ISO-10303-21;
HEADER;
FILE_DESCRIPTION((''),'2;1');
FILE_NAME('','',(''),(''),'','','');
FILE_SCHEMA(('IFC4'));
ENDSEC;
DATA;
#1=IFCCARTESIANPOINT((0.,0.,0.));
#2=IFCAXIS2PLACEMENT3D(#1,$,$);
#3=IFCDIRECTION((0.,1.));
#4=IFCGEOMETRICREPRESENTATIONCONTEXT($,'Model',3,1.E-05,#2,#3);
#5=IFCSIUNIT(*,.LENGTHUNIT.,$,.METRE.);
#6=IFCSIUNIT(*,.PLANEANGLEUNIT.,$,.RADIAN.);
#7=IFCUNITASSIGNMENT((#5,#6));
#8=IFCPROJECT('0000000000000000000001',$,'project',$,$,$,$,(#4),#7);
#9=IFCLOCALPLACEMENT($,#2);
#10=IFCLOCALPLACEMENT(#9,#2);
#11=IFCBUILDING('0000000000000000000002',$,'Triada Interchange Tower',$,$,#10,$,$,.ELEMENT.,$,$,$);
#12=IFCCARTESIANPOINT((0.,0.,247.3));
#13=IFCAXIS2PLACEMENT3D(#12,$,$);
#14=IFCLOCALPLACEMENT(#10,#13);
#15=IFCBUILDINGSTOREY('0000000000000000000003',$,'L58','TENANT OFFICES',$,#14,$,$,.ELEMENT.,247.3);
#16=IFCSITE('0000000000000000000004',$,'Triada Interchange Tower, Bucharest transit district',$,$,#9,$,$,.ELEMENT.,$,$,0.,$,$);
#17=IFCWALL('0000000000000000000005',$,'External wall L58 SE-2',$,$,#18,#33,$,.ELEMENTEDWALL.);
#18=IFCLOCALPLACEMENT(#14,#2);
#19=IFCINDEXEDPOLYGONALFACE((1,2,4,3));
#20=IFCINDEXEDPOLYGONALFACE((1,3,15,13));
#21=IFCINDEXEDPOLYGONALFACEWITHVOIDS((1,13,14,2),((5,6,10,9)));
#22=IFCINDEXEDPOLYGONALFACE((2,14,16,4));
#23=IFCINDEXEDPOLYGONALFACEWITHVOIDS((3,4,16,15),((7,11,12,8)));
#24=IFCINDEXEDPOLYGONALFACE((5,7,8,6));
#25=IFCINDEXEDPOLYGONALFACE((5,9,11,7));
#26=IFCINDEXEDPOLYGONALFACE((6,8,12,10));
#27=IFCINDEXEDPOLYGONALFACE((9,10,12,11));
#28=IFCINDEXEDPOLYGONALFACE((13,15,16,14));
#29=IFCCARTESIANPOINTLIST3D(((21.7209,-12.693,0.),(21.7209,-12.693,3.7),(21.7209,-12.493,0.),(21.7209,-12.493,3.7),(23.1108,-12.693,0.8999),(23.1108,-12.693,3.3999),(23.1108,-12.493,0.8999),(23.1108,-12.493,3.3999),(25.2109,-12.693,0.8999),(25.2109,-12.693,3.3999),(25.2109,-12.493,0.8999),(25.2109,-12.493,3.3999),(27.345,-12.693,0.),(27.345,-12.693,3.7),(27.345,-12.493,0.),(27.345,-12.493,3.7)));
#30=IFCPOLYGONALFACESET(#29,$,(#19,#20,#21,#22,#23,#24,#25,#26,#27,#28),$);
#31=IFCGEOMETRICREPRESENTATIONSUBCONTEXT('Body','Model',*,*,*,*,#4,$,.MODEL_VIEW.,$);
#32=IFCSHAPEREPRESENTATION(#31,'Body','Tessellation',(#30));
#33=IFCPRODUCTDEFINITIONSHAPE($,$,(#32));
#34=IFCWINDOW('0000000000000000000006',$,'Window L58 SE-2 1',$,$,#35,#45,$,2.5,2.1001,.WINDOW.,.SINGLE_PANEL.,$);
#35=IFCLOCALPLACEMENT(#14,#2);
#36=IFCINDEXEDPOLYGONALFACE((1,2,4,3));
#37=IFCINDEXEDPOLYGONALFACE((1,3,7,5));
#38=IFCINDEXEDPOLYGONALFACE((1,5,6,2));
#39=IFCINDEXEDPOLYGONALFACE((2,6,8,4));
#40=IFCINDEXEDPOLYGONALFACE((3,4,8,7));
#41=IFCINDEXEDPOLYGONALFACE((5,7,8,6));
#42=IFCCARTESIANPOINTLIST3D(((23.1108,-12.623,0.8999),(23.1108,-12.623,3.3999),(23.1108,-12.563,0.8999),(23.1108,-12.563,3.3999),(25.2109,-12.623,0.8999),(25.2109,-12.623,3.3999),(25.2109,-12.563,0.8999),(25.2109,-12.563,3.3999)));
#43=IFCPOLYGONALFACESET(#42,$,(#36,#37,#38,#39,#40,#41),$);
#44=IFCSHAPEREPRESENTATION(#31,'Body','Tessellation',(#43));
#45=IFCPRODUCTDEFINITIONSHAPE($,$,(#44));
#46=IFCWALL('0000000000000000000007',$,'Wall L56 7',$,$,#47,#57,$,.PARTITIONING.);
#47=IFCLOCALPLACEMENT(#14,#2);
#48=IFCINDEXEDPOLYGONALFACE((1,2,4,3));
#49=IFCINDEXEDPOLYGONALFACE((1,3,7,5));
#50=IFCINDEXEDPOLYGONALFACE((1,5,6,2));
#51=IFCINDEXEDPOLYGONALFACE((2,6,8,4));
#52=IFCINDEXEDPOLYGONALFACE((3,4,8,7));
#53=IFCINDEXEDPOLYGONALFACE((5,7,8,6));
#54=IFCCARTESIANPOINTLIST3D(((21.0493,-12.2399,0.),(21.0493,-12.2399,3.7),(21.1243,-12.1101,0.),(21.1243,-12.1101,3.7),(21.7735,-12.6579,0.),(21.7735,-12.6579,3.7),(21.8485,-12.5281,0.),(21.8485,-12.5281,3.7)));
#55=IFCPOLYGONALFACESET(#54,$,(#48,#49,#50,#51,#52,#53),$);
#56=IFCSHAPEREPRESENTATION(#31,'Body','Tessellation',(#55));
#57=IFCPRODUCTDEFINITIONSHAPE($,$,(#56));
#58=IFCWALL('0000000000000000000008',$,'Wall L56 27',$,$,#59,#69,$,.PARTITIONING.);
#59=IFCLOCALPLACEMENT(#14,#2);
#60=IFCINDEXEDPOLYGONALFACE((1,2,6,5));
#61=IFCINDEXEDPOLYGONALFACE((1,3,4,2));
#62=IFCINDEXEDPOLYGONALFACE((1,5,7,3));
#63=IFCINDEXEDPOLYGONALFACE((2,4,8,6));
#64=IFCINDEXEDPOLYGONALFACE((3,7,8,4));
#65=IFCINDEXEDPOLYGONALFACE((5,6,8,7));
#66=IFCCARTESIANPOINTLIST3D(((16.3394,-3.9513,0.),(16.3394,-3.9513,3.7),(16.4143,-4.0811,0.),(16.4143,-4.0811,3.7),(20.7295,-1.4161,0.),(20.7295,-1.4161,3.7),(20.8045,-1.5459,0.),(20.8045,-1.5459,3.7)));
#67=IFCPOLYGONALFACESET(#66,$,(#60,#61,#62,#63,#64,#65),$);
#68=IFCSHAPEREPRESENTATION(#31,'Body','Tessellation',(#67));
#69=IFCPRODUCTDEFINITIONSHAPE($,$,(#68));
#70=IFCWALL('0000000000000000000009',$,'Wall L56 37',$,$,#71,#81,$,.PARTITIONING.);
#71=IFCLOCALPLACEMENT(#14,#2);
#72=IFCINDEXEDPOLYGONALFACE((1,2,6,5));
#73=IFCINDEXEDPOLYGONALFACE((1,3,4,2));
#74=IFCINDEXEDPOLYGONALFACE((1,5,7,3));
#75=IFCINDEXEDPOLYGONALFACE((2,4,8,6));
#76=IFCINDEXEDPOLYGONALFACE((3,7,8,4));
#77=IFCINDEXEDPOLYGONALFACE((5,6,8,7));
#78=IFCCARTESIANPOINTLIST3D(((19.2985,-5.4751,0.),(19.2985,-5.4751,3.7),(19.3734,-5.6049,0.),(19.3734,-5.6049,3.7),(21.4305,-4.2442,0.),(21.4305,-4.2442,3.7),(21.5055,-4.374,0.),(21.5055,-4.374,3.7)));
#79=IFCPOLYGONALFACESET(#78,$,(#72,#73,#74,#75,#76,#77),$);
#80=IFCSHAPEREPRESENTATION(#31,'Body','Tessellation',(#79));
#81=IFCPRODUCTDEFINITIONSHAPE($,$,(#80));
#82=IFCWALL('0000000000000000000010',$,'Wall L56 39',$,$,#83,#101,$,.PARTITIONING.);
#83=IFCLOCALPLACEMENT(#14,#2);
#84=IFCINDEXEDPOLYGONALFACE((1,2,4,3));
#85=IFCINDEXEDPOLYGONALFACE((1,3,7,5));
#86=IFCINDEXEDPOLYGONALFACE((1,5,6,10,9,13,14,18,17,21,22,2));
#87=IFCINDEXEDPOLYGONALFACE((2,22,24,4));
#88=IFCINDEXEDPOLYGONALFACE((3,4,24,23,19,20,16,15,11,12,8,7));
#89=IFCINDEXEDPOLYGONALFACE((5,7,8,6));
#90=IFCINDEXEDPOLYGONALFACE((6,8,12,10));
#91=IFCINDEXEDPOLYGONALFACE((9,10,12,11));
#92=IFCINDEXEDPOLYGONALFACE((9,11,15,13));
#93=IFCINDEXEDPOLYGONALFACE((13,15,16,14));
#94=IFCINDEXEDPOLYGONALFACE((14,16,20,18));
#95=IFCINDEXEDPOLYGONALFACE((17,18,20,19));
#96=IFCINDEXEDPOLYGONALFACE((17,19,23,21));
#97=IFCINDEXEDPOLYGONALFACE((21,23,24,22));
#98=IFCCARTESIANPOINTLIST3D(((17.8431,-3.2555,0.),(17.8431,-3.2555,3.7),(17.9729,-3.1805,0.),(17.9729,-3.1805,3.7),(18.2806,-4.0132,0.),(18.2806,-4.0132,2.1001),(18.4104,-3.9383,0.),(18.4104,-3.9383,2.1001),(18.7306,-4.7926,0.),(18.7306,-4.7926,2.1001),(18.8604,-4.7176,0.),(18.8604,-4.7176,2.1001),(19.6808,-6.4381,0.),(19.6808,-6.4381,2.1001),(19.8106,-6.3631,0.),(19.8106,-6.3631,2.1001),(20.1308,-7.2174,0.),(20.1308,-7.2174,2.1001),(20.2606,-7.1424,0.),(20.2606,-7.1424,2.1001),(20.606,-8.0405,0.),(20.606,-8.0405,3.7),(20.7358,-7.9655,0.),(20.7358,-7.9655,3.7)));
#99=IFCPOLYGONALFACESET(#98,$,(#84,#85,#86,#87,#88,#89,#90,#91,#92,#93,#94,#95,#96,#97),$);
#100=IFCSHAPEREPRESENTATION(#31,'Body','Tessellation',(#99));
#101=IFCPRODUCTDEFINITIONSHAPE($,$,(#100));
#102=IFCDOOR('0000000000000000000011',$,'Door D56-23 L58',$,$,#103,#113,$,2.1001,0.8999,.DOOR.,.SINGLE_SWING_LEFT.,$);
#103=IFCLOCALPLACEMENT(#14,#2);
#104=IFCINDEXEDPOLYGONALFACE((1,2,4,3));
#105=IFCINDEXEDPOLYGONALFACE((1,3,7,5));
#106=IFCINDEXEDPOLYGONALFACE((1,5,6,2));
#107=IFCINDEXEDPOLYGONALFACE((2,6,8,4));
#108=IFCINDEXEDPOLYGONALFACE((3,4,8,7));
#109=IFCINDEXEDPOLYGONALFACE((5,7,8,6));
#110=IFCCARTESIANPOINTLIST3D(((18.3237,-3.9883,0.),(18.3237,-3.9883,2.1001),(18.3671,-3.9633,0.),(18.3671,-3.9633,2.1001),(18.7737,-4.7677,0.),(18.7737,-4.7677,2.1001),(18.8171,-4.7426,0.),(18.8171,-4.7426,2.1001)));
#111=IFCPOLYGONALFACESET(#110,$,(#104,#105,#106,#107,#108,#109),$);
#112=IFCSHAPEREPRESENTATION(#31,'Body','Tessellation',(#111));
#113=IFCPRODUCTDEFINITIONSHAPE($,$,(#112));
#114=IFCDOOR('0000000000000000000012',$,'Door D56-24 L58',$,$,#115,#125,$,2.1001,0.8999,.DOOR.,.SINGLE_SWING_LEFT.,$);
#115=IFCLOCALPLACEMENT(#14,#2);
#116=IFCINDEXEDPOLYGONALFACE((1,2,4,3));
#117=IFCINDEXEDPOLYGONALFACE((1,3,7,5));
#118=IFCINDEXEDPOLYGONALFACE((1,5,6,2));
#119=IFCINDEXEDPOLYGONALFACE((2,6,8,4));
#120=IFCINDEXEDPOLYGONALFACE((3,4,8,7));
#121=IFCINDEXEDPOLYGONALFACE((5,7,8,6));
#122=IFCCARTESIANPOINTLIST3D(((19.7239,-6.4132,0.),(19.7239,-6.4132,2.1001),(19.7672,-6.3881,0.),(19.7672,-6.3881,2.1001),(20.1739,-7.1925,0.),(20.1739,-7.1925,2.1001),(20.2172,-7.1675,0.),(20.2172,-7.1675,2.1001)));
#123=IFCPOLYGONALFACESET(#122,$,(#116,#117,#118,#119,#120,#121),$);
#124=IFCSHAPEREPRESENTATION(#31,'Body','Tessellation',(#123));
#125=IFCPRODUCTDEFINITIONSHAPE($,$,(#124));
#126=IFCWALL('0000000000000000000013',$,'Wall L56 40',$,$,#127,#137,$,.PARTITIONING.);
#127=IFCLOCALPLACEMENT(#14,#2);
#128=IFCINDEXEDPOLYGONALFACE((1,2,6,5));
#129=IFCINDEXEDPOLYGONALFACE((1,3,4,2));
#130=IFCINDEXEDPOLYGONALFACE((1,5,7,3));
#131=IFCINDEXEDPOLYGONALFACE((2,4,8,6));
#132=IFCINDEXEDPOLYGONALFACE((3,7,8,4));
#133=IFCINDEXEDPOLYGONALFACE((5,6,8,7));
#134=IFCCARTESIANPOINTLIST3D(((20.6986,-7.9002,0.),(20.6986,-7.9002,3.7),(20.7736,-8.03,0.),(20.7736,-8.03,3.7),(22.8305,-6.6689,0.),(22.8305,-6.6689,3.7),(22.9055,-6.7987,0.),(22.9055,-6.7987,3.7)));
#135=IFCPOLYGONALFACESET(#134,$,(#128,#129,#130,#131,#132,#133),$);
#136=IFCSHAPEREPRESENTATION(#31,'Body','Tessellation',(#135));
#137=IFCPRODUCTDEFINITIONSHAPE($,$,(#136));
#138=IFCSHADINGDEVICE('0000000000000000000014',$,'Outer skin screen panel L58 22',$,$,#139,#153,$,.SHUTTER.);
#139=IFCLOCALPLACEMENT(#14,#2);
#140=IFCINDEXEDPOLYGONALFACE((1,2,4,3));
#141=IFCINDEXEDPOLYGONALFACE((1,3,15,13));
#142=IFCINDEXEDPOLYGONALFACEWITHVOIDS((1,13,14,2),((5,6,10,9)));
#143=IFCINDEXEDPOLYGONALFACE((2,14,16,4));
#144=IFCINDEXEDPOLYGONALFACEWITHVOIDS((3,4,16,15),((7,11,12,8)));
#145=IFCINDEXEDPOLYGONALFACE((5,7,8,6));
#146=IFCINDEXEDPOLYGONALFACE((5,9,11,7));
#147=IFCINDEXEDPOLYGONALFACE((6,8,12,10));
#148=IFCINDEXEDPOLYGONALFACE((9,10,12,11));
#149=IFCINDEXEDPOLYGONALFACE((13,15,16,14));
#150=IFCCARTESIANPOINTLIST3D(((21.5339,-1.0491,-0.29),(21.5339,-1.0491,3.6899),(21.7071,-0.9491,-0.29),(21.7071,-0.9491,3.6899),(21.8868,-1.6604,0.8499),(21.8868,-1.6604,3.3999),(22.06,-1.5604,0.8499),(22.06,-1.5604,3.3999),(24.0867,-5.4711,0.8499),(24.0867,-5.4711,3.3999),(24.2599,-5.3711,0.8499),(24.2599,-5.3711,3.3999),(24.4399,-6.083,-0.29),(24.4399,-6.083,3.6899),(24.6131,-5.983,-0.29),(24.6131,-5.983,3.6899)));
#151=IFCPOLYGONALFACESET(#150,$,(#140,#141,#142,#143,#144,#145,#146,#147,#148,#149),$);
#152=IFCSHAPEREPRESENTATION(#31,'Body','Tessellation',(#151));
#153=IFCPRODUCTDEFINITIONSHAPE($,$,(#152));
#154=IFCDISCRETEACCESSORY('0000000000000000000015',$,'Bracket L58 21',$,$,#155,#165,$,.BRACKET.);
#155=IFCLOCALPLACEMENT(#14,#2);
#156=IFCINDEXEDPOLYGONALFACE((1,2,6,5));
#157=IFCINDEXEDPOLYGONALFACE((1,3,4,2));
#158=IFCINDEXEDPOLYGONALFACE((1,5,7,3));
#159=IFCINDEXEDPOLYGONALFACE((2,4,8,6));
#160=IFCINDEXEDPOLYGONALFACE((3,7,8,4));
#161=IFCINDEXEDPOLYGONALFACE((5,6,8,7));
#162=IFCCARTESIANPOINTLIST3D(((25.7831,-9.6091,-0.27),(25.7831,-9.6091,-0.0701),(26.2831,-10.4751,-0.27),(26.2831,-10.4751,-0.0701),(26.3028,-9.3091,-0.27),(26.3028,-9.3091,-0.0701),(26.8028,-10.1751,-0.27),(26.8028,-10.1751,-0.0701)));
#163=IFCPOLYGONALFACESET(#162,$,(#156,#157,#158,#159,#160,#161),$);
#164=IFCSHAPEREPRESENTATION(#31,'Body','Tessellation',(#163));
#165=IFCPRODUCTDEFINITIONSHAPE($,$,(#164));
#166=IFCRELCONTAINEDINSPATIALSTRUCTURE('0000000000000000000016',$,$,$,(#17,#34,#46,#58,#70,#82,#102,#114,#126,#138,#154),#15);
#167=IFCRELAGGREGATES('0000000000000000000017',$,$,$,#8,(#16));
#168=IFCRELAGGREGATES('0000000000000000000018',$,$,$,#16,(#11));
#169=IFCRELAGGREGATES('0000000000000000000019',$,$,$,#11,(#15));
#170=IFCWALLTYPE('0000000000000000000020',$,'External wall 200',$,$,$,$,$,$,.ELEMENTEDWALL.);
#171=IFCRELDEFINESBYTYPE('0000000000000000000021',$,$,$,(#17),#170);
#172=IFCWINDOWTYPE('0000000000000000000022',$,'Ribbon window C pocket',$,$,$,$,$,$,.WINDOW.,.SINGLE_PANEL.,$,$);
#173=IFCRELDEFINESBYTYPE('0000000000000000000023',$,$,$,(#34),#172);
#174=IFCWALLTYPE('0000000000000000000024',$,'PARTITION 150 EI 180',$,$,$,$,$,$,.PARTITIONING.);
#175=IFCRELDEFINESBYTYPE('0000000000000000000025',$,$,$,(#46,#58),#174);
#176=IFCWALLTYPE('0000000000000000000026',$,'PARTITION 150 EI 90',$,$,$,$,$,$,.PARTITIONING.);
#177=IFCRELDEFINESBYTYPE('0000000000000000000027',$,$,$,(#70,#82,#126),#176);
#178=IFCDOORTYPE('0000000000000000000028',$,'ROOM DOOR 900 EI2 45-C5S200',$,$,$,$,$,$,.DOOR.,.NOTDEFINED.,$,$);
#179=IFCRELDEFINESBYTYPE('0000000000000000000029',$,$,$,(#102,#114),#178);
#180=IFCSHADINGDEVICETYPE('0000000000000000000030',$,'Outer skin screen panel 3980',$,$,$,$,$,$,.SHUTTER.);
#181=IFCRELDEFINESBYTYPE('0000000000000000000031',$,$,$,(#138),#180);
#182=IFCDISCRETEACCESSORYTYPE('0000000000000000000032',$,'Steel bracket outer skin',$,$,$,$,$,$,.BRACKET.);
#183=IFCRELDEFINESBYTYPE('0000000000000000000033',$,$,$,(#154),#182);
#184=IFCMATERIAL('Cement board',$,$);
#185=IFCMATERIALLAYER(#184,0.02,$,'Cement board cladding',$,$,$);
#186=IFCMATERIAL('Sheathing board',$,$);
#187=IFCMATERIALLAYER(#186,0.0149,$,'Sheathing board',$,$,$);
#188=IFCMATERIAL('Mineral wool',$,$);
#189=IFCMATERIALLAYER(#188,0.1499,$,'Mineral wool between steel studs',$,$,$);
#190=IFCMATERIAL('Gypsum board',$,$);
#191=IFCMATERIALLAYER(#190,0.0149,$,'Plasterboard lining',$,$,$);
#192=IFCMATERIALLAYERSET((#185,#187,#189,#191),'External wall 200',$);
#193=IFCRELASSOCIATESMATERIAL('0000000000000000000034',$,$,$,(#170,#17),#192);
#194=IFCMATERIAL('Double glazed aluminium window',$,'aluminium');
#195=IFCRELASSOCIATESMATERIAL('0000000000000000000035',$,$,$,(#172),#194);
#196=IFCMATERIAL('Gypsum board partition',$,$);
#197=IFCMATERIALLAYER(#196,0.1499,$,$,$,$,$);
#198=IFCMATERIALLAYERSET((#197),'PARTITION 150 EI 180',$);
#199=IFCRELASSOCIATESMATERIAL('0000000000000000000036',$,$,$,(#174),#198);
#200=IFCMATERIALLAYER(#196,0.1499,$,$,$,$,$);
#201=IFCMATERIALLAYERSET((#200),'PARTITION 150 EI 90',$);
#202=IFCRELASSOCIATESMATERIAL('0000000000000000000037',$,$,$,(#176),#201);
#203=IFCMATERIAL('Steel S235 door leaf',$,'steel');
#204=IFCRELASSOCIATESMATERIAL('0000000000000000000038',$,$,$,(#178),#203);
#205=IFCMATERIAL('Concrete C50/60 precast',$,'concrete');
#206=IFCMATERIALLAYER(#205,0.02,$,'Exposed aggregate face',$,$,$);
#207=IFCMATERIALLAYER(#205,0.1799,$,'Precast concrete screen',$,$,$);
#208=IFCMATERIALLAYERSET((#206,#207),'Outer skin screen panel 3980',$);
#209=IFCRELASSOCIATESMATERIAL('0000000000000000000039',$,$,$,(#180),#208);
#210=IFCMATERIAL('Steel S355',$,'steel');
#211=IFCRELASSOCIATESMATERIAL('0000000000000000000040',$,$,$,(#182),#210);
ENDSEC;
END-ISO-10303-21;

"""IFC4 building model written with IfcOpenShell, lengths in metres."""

from ifc_helpers import new_model, si_unit, direction, frame, frame_2d, origin, origin_2d, place, context, subcontext, project, spatial, polyline, rectangle, outline, extrude, material, layer, layer_set, layer_usage, type_object, element, fill, save


model = new_model("IFC4")

# Units and contexts
model_context = context("Model", 3, precision=1e-05, world=origin(), true_north=direction((0.0, 1.0)))
body_context = subcontext(model_context, "Body", "Model", "MODEL_VIEW")
ifc_project = project(units=[si_unit("LENGTHUNIT", "METRE"), si_unit("PLANEANGLEUNIT", "RADIAN")], contexts=[model_context])

# Site, building, storey
site_placement = place(None, origin())
site = spatial("IfcSite", under=ifc_project, at=site_placement, Name="Triada Interchange Tower, Bucharest transit district", CompositionType="ELEMENT", RefElevation=0.0)
building_placement = place(site_placement, origin())
building = spatial("IfcBuilding", under=site, at=building_placement, Name="Triada Interchange Tower", CompositionType="ELEMENT")
storey_placement = place(building_placement, frame((0.0, 0.0, 247.3)))
storey = spatial("IfcBuildingStorey", under=building, at=storey_placement, Name="L58", Description="TENANT OFFICES", CompositionType="ELEMENT", Elevation=247.3)

# Wall, opening, window
ifc_material_1 = material(Name="Cement board")
ifc_layer_1 = layer(ifc_material_1, 0.02, Name="Cement board cladding")
ifc_material_2 = material(Name="Sheathing board")
ifc_layer_2 = layer(ifc_material_2, 0.0149, Name="Sheathing board")
ifc_material_3 = material(Name="Mineral wool")
ifc_layer_3 = layer(ifc_material_3, 0.1499, Name="Mineral wool between steel studs")
ifc_material_4 = material(Name="Gypsum board")
ifc_layer_4 = layer(ifc_material_4, 0.0149, Name="Plasterboard lining")
ifc_layer_set_1 = layer_set([ifc_layer_1, ifc_layer_2, ifc_layer_3, ifc_layer_4], Name="External wall 200")
ifc_layer_usage = layer_usage(ifc_layer_set_1, "AXIS2", "POSITIVE", -0.1001)
wall_type_1 = type_object("IfcWallType", Name="External wall 200", PredefinedType="ELEMENTEDWALL", material=ifc_layer_set_1)
wall_1_placement = place(storey_placement, frame((21.7209, -12.593, 0.0), z_axis=(0.0, 0.0, 1.0), x_axis=(1.0, 0.0, 0.0)))
wall_1 = element("IfcWall", 1, at=wall_1_placement, inside=storey, type_object=wall_type_1, material=ifc_layer_usage, Name="External wall L58 SE-2", PredefinedType="ELEMENTEDWALL", context=body_context, shape_type="SweptSolid", body=[
    extrude(rectangle(XDim=5.624, YDim=0.2, at=frame_2d((2.812, 0.0))), origin(), (0.0, 0.0, 1.0), 3.7),
])
opening_1_placement = place(wall_1_placement, frame((1.3899, 0.0, 0.8999)))
opening_1 = element("IfcOpeningElement", 2, at=opening_1_placement, cuts=wall_1, PredefinedType="OPENING", context=body_context, shape_type="SweptSolid", body=[
    extrude(rectangle(XDim=2.1001, YDim=2.5, at=frame_2d((1.05, 1.25))), frame((0.0, 0.1099, 0.0), z_axis=(0.0, -1.0, 0.0), x_axis=(1.0, 0.0, 0.0)), (0.0, 0.0, 1.0), 0.22),
])
ifc_material_5 = material(Name="Double glazed aluminium window", Category="aluminium")
window_type = type_object("IfcWindowType", Name="Ribbon window C pocket", PartitioningType="SINGLE_PANEL", PredefinedType="WINDOW", material=ifc_material_5)
window_placement = place(opening_1_placement, origin())
window = element("IfcWindow", 3, at=window_placement, inside=storey, type_object=window_type, Name="Window L58 SE-2 1", OverallHeight=2.5, OverallWidth=2.1001, PartitioningType="SINGLE_PANEL", PredefinedType="WINDOW", context=body_context, shape_type="SweptSolid", body=[
    extrude(rectangle(XDim=2.1001, YDim=2.5, at=frame_2d((1.05, 1.25))), frame((0.0, 0.03, 0.0), z_axis=(0.0, -1.0, 0.0), x_axis=(1.0, 0.0, 0.0)), (0.0, 0.0, 1.0), 0.0601),
])
fill(opening_1, window)

# Walls
ifc_material_6 = material(Name="Gypsum board partition")
ifc_layer_5 = layer(ifc_material_6, 0.1499)
ifc_layer_set_2 = layer_set([ifc_layer_5], Name="PARTITION 150 EI 180")
wall_type_2 = type_object("IfcWallType", Name="PARTITION 150 EI 180", PredefinedType="PARTITIONING", material=ifc_layer_set_2)
wall_2_placement = place(storey_placement, frame((21.0869, -12.175, 0.0), z_axis=(0.0, 0.0, 1.0), x_axis=(0.866079, -0.499908, 0.0)))
element("IfcWall", 4, at=wall_2_placement, inside=storey, type_object=wall_type_2, Name="Wall L56 7", PredefinedType="PARTITIONING", context=body_context, shape_type="SweptSolid", body=[
    extrude(rectangle(XDim=0.8362, YDim=0.1499, at=frame_2d((0.418, 0.0))), origin(), (0.0, 0.0, 1.0), 3.7),
])
wall_3_placement = place(storey_placement, frame((16.377, -4.0161, 0.0), z_axis=(0.0, 0.0, 1.0), x_axis=(0.865982, 0.500075, 0.0)))
element("IfcWall", 5, at=wall_3_placement, inside=storey, type_object=wall_type_2, Name="Wall L56 27", PredefinedType="PARTITIONING", context=body_context, shape_type="SweptSolid", body=[
    extrude(rectangle(XDim=5.0696, YDim=0.1499, at=frame_2d((2.5347, 0.0))), origin(), (0.0, 0.0, 1.0), 3.7),
])
ifc_layer_6 = layer(ifc_material_6, 0.1499)
ifc_layer_set_3 = layer_set([ifc_layer_6], Name="PARTITION 150 EI 90")
wall_type_3 = type_object("IfcWallType", Name="PARTITION 150 EI 90", PredefinedType="PARTITIONING", material=ifc_layer_set_3)
wall_4_placement = place(storey_placement, frame((19.3359, -5.54, 0.0), z_axis=(0.0, 0.0, 1.0), x_axis=(0.866025, 0.5, 0.0)))
element("IfcWall", 6, at=wall_4_placement, inside=storey, type_object=wall_type_3, Name="Wall L56 37", PredefinedType="PARTITIONING", context=body_context, shape_type="SweptSolid", body=[
    extrude(rectangle(XDim=2.4619, YDim=0.1499, at=frame_2d((1.231, 0.0))), origin(), (0.0, 0.0, 1.0), 3.7),
])

# Wall, openings, doors
wall_5_placement = place(storey_placement, frame((17.908, -3.218, 0.0), z_axis=(0.0, 0.0, 1.0), x_axis=(0.50005, -0.865996, 0.0)))
wall_5 = element("IfcWall", 7, at=wall_5_placement, inside=storey, type_object=wall_type_3, Name="Wall L56 39", PredefinedType="PARTITIONING", context=body_context, shape_type="SweptSolid", body=[
    extrude(rectangle(XDim=5.5254, YDim=0.1499, at=frame_2d((2.7627, 0.0))), origin(), (0.0, 0.0, 1.0), 3.7),
])
opening_2_placement = place(wall_5_placement, frame((0.875, 0.0, 0.0)))
opening_2 = element("IfcOpeningElement", 8, at=opening_2_placement, cuts=wall_5, PredefinedType="OPENING", context=body_context, shape_type="SweptSolid", body=[
    extrude(rectangle(XDim=0.8999, YDim=2.1001, at=frame_2d((0.45, 1.05))), frame((0.0, 0.085, 0.0), z_axis=(0.0, -1.0, 0.0), x_axis=(1.0, 0.0, 0.0)), (0.0, 0.0, 1.0), 0.1699),
])
opening_3_placement = place(wall_5_placement, frame((3.675, 0.0, 0.0)))
opening_3 = element("IfcOpeningElement", 9, at=opening_3_placement, cuts=wall_5, PredefinedType="OPENING", context=body_context, shape_type="SweptSolid", body=[
    extrude(rectangle(XDim=0.8999, YDim=2.1001, at=frame_2d((0.45, 1.05))), frame((0.0, 0.085, 0.0), z_axis=(0.0, -1.0, 0.0), x_axis=(1.0, 0.0, 0.0)), (0.0, 0.0, 1.0), 0.1699),
])
ifc_material_7 = material(Name="Steel S235 door leaf", Category="steel")
door_type = type_object("IfcDoorType", Name="ROOM DOOR 900 EI2 45-C5S200", OperationType="NOTDEFINED", PredefinedType="DOOR", material=ifc_material_7)
door_1_placement = place(opening_2_placement, origin())
door_1 = element("IfcDoor", 10, at=door_1_placement, inside=storey, type_object=door_type, Name="Door D56-23 L58", OperationType="SINGLE_SWING_LEFT", OverallHeight=2.1001, OverallWidth=0.8999, PredefinedType="DOOR", context=body_context, shape_type="SweptSolid", body=[
    extrude(rectangle(XDim=0.8999, YDim=2.1001, at=frame_2d((0.45, 1.05))), frame((0.0, 0.0249, 0.0), z_axis=(0.0, -1.0, 0.0), x_axis=(1.0, 0.0, 0.0)), (0.0, 0.0, 1.0), 0.05),
])
fill(opening_2, door_1)
door_2_placement = place(opening_3_placement, origin())
door_2 = element("IfcDoor", 11, at=door_2_placement, inside=storey, type_object=door_type, Name="Door D56-24 L58", OperationType="SINGLE_SWING_LEFT", OverallHeight=2.1001, OverallWidth=0.8999, PredefinedType="DOOR", context=body_context, shape_type="SweptSolid", body=[
    extrude(rectangle(XDim=0.8999, YDim=2.1001, at=frame_2d((0.45, 1.05))), frame((0.0, 0.0249, 0.0), z_axis=(0.0, -1.0, 0.0), x_axis=(1.0, 0.0, 0.0)), (0.0, 0.0, 1.0), 0.05),
])
fill(opening_3, door_2)

# Wall
wall_6_placement = place(storey_placement, frame((20.7361, -7.9651, 0.0), z_axis=(0.0, 0.0, 1.0), x_axis=(0.865958, 0.500117, 0.0)))
element("IfcWall", 12, at=wall_6_placement, inside=storey, type_object=wall_type_3, Name="Wall L56 40", PredefinedType="PARTITIONING", context=body_context, shape_type="SweptSolid", body=[
    extrude(rectangle(XDim=2.4619, YDim=0.1499, at=frame_2d((1.231, 0.0))), origin(), (0.0, 0.0, 1.0), 3.7),
])

# Shading device
ifc_material_8 = material(Name="Concrete C50/60 precast", Category="concrete")
ifc_layer_7 = layer(ifc_material_8, 0.02, Name="Exposed aggregate face")
ifc_layer_8 = layer(ifc_material_8, 0.1799, Name="Precast concrete screen")
ifc_layer_set_4 = layer_set([ifc_layer_7, ifc_layer_8], Name="Outer skin screen panel 3980")
shading_device_type = type_object("IfcShadingDeviceType", Name="Outer skin screen panel 3980", PredefinedType="SHUTTER", material=ifc_layer_set_4)
shading_device_placement = place(storey_placement, frame((24.4399, -6.083, -0.29), z_axis=(0.0, 0.0, 1.0), x_axis=(-0.499956, 0.866051, 0.0)))
element("IfcShadingDevice", 13, at=shading_device_placement, inside=storey, type_object=shading_device_type, Name="Outer skin screen panel L58 22", PredefinedType="SHUTTER", context=body_context, shape_type="SweptSolid", body=[
    extrude(outline(polyline([(0.0, 0.0), (5.8125, 0.0), (5.8125, 3.98), (0.0, 3.98), (0.0, 0.0)]), holes=[polyline([(0.7065, 1.1399), (0.7065, 3.6899), (5.1067, 3.6899), (5.1067, 1.1399), (0.7065, 1.1399)])]), frame((0.0, 0.0, 0.0), z_axis=(0.0, -1.0, 0.0), x_axis=(1.0, 0.0, 0.0)), (0.0, 0.0, 1.0), 0.2),
])

# Discrete accessory
ifc_material_9 = material(Name="Steel S355", Category="steel")
discrete_accessory_type = type_object("IfcDiscreteAccessoryType", Name="Steel bracket outer skin", PredefinedType="BRACKET", material=ifc_material_9)
for number, where, z_axis, x_axis, name in (
    (14, (26.293, -9.8921, -0.27), (0.0, 0.0, 1.0), (0.86603, 0.499991, 0.0), "Bracket L58 21"),
):
    element("IfcDiscreteAccessory", number, at=place(storey_placement, frame(where, z_axis=z_axis, x_axis=x_axis)), inside=storey, type_object=discrete_accessory_type, Name=name, PredefinedType="BRACKET", context=body_context, shape_type="SweptSolid", body=[
        extrude(rectangle(XDim=0.6001, YDim=1.0, at=origin_2d()), origin(), (0.0, 0.0, 1.0), 0.2),
    ])

save(model, "model.ifc")
